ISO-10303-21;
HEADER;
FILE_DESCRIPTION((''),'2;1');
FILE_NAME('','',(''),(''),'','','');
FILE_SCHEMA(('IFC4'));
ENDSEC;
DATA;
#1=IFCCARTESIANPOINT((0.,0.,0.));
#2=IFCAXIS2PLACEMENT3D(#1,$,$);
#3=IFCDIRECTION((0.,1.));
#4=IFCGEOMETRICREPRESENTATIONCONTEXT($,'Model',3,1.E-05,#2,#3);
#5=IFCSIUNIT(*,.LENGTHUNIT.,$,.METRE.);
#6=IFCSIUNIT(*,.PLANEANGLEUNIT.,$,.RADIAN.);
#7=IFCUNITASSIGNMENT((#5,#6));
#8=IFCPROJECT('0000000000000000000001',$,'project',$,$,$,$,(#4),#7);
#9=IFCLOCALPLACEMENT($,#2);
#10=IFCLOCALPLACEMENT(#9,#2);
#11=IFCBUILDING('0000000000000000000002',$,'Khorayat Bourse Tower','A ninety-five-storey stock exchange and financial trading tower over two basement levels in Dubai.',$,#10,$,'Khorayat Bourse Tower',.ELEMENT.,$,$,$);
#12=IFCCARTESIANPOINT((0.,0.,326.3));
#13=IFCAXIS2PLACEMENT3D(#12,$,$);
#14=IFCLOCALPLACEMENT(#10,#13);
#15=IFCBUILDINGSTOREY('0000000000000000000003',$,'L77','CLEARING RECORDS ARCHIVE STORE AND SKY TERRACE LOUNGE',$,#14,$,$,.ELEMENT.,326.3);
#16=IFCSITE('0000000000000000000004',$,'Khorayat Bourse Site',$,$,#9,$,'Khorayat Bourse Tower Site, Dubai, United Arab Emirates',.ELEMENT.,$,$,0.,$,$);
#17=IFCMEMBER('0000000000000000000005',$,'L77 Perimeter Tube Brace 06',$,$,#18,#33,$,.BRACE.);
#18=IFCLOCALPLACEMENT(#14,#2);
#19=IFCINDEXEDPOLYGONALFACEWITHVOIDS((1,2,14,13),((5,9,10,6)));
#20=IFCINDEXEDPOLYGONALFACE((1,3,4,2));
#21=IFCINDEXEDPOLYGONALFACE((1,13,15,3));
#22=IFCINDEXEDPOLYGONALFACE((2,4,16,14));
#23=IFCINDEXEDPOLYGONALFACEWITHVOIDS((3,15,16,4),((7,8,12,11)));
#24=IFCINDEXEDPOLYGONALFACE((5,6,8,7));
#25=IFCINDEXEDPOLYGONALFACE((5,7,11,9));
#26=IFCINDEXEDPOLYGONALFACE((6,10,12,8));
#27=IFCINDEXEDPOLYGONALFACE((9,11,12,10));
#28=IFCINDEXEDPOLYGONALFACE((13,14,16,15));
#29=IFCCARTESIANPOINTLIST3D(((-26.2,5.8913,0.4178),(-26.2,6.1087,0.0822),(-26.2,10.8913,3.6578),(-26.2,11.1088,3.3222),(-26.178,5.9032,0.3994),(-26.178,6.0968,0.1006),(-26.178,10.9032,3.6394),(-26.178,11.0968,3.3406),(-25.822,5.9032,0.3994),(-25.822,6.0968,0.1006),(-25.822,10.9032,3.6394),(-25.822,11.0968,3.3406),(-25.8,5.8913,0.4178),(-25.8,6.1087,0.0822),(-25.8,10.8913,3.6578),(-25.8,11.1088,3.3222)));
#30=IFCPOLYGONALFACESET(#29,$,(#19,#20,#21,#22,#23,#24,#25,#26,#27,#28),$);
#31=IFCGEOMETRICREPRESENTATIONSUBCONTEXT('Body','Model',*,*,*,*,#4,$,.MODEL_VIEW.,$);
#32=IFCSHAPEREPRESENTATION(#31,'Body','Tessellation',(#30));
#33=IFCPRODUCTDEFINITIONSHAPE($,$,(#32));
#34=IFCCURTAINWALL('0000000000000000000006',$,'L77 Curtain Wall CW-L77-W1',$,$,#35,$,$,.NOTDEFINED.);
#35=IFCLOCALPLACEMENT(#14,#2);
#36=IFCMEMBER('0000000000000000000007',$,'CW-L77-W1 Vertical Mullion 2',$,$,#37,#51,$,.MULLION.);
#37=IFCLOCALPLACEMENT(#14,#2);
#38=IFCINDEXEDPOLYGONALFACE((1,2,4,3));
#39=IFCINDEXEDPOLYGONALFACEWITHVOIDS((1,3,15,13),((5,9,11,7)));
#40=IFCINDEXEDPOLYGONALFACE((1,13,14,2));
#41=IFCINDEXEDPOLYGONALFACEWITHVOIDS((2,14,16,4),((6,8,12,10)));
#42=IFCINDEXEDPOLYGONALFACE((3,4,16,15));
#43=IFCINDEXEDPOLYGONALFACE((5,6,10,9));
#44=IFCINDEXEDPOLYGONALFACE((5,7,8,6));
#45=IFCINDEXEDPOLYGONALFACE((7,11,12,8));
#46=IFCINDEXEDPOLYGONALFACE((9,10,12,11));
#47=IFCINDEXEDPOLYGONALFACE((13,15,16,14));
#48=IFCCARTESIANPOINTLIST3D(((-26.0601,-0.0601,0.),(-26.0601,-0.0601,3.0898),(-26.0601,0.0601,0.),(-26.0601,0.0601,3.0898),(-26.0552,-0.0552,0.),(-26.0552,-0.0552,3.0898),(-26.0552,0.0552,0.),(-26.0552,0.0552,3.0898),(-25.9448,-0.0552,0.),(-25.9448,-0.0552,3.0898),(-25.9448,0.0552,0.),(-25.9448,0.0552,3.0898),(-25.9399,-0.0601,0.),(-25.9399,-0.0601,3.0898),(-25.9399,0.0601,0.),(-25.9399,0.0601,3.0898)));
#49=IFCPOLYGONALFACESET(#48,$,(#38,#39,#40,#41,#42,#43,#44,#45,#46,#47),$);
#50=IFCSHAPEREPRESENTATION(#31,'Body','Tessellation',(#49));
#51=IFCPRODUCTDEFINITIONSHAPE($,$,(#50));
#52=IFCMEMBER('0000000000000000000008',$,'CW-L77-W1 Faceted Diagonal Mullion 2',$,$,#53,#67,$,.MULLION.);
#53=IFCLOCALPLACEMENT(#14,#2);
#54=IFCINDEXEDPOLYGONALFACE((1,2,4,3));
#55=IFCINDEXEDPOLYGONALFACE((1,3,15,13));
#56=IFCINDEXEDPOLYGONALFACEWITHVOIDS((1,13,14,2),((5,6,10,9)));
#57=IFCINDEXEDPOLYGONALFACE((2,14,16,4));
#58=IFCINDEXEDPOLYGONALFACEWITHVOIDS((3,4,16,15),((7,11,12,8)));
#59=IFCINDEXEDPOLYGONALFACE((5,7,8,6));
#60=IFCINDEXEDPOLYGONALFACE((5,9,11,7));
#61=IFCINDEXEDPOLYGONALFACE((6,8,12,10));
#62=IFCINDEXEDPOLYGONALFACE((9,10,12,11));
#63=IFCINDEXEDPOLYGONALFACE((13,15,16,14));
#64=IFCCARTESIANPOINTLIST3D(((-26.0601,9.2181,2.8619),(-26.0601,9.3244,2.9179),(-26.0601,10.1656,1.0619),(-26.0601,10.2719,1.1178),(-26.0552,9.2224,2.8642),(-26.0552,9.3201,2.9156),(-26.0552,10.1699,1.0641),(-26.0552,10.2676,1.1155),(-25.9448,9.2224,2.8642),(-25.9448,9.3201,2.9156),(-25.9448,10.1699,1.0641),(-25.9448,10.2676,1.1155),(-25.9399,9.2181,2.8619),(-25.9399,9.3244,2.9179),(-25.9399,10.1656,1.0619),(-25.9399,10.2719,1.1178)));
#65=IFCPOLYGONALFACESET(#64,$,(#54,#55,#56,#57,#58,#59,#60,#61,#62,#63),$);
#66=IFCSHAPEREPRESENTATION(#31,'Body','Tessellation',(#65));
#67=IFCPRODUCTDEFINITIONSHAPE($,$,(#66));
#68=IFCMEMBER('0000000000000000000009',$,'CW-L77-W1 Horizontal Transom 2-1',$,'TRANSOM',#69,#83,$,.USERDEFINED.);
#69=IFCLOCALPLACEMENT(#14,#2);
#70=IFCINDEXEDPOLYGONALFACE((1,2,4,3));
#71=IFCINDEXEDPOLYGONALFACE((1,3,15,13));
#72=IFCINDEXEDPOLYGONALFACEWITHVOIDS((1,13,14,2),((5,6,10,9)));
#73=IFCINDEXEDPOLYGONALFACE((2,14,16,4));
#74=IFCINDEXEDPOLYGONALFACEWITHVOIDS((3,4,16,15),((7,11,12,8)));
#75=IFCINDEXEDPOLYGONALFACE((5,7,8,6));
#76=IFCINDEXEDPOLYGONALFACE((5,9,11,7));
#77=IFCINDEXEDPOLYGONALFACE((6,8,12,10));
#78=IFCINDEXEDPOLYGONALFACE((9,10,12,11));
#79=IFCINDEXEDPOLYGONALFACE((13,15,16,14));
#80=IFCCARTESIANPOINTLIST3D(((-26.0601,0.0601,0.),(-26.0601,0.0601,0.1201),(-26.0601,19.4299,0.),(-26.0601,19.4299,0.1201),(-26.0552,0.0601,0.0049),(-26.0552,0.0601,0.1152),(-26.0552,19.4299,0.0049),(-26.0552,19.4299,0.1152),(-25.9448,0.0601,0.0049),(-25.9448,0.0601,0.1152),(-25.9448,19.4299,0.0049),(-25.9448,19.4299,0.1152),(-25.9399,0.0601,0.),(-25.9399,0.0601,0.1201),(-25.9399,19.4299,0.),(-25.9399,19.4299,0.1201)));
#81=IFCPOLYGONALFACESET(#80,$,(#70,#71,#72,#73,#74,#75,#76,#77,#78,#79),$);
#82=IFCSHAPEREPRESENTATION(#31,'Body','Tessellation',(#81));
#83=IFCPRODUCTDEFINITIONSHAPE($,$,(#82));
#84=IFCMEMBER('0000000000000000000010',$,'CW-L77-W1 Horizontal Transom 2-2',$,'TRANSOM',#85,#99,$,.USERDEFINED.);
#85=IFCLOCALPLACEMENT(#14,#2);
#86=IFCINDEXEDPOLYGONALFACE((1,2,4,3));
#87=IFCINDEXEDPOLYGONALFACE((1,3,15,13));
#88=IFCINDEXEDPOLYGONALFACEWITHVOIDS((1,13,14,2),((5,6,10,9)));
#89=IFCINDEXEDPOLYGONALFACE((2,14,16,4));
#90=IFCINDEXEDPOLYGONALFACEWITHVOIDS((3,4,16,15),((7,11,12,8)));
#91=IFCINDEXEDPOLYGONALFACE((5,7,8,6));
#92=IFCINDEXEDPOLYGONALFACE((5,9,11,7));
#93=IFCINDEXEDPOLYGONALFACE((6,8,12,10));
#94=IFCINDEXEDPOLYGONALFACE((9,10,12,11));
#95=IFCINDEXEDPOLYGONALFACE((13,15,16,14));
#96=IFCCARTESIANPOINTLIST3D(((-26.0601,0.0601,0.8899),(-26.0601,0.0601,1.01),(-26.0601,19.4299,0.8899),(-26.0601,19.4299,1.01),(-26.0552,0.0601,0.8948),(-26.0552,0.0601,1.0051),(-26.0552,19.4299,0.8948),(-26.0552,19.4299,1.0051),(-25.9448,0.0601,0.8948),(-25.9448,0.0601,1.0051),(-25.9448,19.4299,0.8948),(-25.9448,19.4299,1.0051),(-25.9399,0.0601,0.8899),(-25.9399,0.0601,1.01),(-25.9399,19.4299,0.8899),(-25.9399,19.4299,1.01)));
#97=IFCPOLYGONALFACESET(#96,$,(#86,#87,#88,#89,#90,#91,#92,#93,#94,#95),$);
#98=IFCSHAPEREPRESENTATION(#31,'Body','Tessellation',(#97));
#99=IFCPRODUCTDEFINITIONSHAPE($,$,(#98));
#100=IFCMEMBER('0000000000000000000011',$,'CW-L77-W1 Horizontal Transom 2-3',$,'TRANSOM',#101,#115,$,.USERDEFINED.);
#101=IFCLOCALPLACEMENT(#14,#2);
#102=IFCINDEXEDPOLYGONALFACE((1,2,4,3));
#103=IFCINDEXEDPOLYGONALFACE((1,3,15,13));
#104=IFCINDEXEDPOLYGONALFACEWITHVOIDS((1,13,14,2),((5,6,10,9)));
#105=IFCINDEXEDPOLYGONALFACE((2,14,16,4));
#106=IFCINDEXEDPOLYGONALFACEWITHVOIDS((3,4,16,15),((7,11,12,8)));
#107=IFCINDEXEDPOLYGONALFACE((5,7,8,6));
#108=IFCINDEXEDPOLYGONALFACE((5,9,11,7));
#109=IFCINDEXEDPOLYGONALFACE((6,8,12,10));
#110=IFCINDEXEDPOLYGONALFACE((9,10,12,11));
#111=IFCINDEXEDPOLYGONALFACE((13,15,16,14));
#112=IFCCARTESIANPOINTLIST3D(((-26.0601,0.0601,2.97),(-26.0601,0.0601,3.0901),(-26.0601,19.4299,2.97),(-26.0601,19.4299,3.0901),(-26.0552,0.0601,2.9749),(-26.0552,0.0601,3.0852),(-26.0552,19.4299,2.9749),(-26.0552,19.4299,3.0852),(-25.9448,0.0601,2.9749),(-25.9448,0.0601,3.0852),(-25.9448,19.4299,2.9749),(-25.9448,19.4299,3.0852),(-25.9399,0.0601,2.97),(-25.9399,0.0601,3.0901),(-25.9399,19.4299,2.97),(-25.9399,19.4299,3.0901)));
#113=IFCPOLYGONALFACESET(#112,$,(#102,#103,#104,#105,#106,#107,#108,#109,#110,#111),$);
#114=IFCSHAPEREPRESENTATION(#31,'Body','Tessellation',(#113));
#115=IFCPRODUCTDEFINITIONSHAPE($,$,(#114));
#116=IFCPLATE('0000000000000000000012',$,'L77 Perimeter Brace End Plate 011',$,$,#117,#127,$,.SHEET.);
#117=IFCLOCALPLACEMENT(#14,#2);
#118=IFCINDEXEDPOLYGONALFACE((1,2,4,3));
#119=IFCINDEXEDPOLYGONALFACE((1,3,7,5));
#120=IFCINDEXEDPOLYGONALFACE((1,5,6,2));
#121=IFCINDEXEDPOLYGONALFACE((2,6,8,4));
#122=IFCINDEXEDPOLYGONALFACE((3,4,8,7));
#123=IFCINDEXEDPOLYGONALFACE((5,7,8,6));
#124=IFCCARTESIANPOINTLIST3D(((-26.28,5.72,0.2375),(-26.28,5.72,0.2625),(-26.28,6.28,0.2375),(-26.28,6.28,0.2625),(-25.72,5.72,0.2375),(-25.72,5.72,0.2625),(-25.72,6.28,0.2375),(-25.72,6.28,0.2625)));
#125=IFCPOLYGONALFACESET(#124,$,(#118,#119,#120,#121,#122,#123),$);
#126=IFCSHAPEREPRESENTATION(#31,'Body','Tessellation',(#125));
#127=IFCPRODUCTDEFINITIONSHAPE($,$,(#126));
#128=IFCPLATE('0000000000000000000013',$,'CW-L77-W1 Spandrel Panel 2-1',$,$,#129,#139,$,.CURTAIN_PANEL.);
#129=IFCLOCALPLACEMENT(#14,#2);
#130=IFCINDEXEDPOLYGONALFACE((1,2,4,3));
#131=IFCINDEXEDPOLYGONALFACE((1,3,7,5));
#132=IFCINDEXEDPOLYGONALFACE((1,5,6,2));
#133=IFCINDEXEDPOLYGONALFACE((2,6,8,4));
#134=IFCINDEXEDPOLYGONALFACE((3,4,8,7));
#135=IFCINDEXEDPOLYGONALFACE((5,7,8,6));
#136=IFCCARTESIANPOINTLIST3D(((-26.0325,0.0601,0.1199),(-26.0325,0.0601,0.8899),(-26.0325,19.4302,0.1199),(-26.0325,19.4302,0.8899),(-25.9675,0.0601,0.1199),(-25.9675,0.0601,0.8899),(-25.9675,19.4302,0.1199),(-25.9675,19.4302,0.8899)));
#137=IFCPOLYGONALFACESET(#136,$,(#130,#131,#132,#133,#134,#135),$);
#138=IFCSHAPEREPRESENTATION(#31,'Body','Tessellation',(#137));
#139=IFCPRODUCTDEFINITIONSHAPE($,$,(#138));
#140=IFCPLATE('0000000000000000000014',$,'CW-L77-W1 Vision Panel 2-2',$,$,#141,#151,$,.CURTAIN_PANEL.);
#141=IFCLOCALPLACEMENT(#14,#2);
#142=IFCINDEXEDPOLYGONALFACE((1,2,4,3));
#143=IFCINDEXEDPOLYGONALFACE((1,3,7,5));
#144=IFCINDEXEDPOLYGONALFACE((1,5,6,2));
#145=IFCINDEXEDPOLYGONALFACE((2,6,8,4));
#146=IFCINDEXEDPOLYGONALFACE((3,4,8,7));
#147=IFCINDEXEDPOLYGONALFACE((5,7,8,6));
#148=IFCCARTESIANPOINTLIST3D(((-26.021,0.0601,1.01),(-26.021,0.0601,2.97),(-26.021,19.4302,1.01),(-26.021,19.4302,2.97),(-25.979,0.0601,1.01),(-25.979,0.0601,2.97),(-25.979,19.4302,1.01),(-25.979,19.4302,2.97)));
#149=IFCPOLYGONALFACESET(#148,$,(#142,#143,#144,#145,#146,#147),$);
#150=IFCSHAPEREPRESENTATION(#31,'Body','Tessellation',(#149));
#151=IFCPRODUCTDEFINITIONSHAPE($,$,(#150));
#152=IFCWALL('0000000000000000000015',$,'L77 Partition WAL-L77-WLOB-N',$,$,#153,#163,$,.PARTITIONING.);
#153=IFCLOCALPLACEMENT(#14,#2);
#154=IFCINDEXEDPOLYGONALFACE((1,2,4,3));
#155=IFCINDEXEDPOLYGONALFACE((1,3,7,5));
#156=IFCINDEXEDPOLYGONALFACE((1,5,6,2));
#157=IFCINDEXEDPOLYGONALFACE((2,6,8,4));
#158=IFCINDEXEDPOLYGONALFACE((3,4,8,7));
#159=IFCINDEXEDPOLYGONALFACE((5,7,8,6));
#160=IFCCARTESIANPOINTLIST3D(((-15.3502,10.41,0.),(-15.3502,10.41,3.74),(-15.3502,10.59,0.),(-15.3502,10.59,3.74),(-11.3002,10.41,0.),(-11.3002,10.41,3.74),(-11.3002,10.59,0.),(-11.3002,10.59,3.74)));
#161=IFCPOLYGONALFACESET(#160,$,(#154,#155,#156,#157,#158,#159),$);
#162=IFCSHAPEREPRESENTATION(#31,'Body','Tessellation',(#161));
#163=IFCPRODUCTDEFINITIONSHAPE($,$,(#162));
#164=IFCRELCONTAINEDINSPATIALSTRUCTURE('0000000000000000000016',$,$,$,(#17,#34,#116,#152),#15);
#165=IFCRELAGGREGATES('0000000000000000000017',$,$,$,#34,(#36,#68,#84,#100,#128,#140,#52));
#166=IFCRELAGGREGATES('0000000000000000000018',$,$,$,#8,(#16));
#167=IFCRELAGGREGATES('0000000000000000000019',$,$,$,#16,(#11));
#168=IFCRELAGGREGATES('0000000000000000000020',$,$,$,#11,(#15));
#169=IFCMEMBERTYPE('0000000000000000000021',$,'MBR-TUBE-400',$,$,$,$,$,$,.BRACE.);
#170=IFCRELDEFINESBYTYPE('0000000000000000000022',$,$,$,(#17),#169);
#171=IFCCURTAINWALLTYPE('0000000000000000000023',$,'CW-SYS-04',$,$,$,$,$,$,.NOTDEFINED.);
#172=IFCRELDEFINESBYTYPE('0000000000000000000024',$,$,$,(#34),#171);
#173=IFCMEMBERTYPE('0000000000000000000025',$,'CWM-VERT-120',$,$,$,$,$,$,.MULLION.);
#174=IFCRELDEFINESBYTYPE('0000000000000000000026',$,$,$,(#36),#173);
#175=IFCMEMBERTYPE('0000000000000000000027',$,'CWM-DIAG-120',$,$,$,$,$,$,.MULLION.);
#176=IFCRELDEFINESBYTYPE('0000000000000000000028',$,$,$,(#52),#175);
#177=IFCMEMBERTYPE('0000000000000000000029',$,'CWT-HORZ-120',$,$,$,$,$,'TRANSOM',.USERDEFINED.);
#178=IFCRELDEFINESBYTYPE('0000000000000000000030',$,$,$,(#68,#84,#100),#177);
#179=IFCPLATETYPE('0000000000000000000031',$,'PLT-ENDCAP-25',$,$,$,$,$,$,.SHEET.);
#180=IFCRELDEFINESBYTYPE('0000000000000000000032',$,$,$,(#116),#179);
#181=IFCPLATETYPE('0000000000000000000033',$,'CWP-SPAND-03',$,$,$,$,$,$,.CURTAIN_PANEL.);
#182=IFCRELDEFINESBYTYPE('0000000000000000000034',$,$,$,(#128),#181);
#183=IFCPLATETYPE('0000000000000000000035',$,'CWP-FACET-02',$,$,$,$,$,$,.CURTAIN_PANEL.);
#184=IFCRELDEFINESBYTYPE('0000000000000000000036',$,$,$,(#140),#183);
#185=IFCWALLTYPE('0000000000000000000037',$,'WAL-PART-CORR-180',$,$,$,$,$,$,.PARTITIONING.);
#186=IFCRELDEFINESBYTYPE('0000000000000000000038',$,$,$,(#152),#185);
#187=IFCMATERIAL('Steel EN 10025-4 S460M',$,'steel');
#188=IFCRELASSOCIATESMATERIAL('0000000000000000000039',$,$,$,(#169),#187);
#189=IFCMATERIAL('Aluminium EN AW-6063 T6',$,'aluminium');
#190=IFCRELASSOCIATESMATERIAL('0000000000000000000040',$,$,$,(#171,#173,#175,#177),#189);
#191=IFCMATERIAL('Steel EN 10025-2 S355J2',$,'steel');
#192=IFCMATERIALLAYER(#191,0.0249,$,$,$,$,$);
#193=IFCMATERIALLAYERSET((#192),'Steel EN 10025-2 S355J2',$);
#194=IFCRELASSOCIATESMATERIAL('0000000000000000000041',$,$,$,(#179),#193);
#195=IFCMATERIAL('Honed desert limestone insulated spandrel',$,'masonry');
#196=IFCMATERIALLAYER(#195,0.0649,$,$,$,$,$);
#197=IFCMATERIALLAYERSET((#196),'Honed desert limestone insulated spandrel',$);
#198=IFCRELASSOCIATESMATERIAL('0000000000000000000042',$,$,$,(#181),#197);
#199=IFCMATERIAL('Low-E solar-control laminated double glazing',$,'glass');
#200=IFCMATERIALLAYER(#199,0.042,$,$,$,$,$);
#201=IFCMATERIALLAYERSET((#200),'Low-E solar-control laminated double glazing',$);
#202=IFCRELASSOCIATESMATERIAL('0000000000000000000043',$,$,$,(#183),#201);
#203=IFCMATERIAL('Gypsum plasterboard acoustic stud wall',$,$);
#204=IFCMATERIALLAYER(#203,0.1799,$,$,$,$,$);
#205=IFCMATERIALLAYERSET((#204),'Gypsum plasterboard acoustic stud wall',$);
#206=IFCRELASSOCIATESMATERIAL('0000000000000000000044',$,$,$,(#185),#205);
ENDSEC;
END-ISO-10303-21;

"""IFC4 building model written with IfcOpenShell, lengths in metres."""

from ifc_helpers import new_model, si_unit, direction, frame, frame_2d, origin, origin_2d, place, context, subcontext, project, spatial, rectangle, hollow_rectangle, extrude, source, transform, mapped, material, layer, layer_set, material_profile, profile_set, type_object, element, aggregate, save


model = new_model("IFC4")

# Units and contexts
model_context = context("Model", 3, precision=1e-05, world=origin(), true_north=direction((0.0, 1.0)))
body_context = subcontext(model_context, "Body", "Model", "MODEL_VIEW")
ifc_project = project(units=[si_unit("LENGTHUNIT", "METRE"), si_unit("PLANEANGLEUNIT", "RADIAN")], contexts=[model_context])

# Site, building, storey
site_placement = place(None, origin())
site = spatial("IfcSite", under=ifc_project, at=site_placement, Name="Khorayat Bourse Site", LongName="Khorayat Bourse Tower Site, Dubai, United Arab Emirates", CompositionType="ELEMENT", RefElevation=0.0)
building_placement = place(site_placement, origin())
building = spatial("IfcBuilding", under=site, at=building_placement, Name="Khorayat Bourse Tower", Description="A ninety-five-storey stock exchange and financial trading tower over two basement levels in Dubai.", LongName="Khorayat Bourse Tower", CompositionType="ELEMENT")
storey_placement = place(building_placement, frame((0.0, 0.0, 326.3)))
storey = spatial("IfcBuildingStorey", under=building, at=storey_placement, Name="L77", Description="CLEARING RECORDS ARCHIVE STORE AND SKY TERRACE LOUNGE", CompositionType="ELEMENT", Elevation=326.3)

# Shared definitions
ifc_material_1 = material(Name="Steel EN 10025-2 S355J2", Category="steel")

# Member
ifc_material_2 = material(Name="Steel EN 10025-4 S460M", Category="steel")
ifc_material_profile_1 = material_profile(ifc_material_2, hollow_rectangle(XDim=0.3999, YDim=0.3999, WallThickness=0.022, at=origin_2d()), Name="HSS 400x400x22")
ifc_profile_set_1 = profile_set([ifc_material_profile_1], Name="Steel EN 10025-4 S460M")
member_type_1 = type_object("IfcMemberType", Name="MBR-TUBE-400", PredefinedType="BRACE", material=ifc_profile_set_1)
shared_shape_1 = source(origin(), body_context, "Body", "SweptSolid", [
    extrude(hollow_rectangle(XDim=0.3999, YDim=0.3999, WallThickness=0.022, at=origin_2d()), origin(), (0.0, 0.0, 1.0), 5.958),
])
member_1_placement = place(storey_placement, frame((-26.0, 6.0, 0.25), z_axis=(0.0, 0.83921, 0.543807), x_axis=(-1.0, 0.0, 0.0)))
element("IfcMember", 1, at=member_1_placement, inside=storey, type_object=member_type_1, Name="L77 Perimeter Tube Brace 06", PredefinedType="BRACE", context=body_context, shape_type="MappedRepresentation", body=[
    mapped(shared_shape_1, transform((0.0, 0.0, 0.0), scale=1.0)),
])

# Curtain wall, members
ifc_material_3 = material(Name="Aluminium EN AW-6063 T6", Category="aluminium")
curtain_wall_type = type_object("IfcCurtainWallType", Name="CW-SYS-04", PredefinedType="NOTDEFINED", material=ifc_material_3)
curtain_wall_placement = place(storey_placement, origin())
curtain_wall = element("IfcCurtainWall", 2, at=curtain_wall_placement, inside=storey, type_object=curtain_wall_type, Name="L77 Curtain Wall CW-L77-W1", PredefinedType="NOTDEFINED")
ifc_material_profile_2 = material_profile(ifc_material_3, hollow_rectangle(XDim=0.1201, YDim=0.1201, WallThickness=0.0049, at=origin_2d()), Name="ALU 120x120x5")
ifc_profile_set_2 = profile_set([ifc_material_profile_2], Name="Aluminium EN AW-6063 T6")
member_type_2 = type_object("IfcMemberType", Name="CWM-VERT-120", PredefinedType="MULLION", material=ifc_profile_set_2)
shared_shape_2 = source(origin(), body_context, "Body", "SweptSolid", [
    extrude(hollow_rectangle(XDim=0.1201, YDim=0.1201, WallThickness=0.0049, at=origin_2d()), origin(), (0.0, 0.0, 1.0), 3.0898),
])
member_2_placement = place(storey_placement, frame((-26.0, 0.0, 0.0), z_axis=(0.0, 0.0, 1.0), x_axis=(-1.0, 0.0, 0.0)))
member_2 = element("IfcMember", 3, at=member_2_placement, type_object=member_type_2, Name="CW-L77-W1 Vertical Mullion 2", PredefinedType="MULLION", context=body_context, shape_type="MappedRepresentation", body=[
    mapped(shared_shape_2, transform((0.0, 0.0, 0.0), scale=1.0)),
])
ifc_material_profile_3 = material_profile(ifc_material_3, hollow_rectangle(XDim=0.1201, YDim=0.1201, WallThickness=0.0049, at=origin_2d()), Name="ALU 120x120x5")
ifc_profile_set_3 = profile_set([ifc_material_profile_3], Name="Aluminium EN AW-6063 T6")
member_type_3 = type_object("IfcMemberType", Name="CWM-DIAG-120", PredefinedType="MULLION", material=ifc_profile_set_3)
shared_shape_3 = source(origin(), body_context, "Body", "SweptSolid", [
    extrude(hollow_rectangle(XDim=0.1201, YDim=0.1201, WallThickness=0.0049, at=origin_2d()), origin(), (0.0, 0.0, 1.0), 2.0342),
])
member_3_placement = place(storey_placement, frame((-26.0, 10.2188, 1.0898), z_axis=(0.0, -0.465791, 0.884895), x_axis=(1.0, 0.0, 0.0)))
member_3 = element("IfcMember", 4, at=member_3_placement, type_object=member_type_3, Name="CW-L77-W1 Faceted Diagonal Mullion 2", PredefinedType="MULLION", context=body_context, shape_type="MappedRepresentation", body=[
    mapped(shared_shape_3, transform((0.0, 0.0, 0.0), scale=1.0)),
])
ifc_material_profile_4 = material_profile(ifc_material_3, hollow_rectangle(XDim=0.1201, YDim=0.1201, WallThickness=0.0049, at=origin_2d()), Name="ALU 120x120x5")
ifc_profile_set_4 = profile_set([ifc_material_profile_4], Name="Aluminium EN AW-6063 T6")
member_type_4 = type_object("IfcMemberType", Name="CWT-HORZ-120", ElementType="TRANSOM", PredefinedType="USERDEFINED", material=ifc_profile_set_4)
shared_shape_4 = source(origin(), body_context, "Body", "SweptSolid", [
    extrude(hollow_rectangle(XDim=0.1201, YDim=0.1201, WallThickness=0.0049, at=origin_2d()), origin(), (0.0, 0.0, 1.0), 19.3699),
])
member_4_placement = place(storey_placement, frame((-26.0, 0.0601, 0.0601), z_axis=(0.0, 1.0, 0.0), x_axis=(-1.0, 0.0, 0.0)))
member_4 = element("IfcMember", 5, at=member_4_placement, type_object=member_type_4, Name="CW-L77-W1 Horizontal Transom 2-1", ObjectType="TRANSOM", PredefinedType="USERDEFINED", context=body_context, shape_type="MappedRepresentation", body=[
    mapped(shared_shape_4, transform((0.0, 0.0, 0.0), scale=1.0)),
])
member_5_placement = place(storey_placement, frame((-26.0, 0.0601, 0.95), z_axis=(0.0, 1.0, 0.0), x_axis=(-1.0, 0.0, 0.0)))
member_5 = element("IfcMember", 6, at=member_5_placement, type_object=member_type_4, Name="CW-L77-W1 Horizontal Transom 2-2", ObjectType="TRANSOM", PredefinedType="USERDEFINED", context=body_context, shape_type="MappedRepresentation", body=[
    mapped(shared_shape_4, transform((0.0, 0.0, 0.0), scale=1.0)),
])
member_6_placement = place(storey_placement, frame((-26.0, 0.0601, 3.03), z_axis=(0.0, 1.0, 0.0), x_axis=(-1.0, 0.0, 0.0)))
member_6 = element("IfcMember", 7, at=member_6_placement, type_object=member_type_4, Name="CW-L77-W1 Horizontal Transom 2-3", ObjectType="TRANSOM", PredefinedType="USERDEFINED", context=body_context, shape_type="MappedRepresentation", body=[
    mapped(shared_shape_4, transform((0.0, 0.0, 0.0), scale=1.0)),
])

# Plates
ifc_layer_1 = layer(ifc_material_1, 0.0249)
ifc_layer_set_1 = layer_set([ifc_layer_1], Name="Steel EN 10025-2 S355J2")
plate_type_1 = type_object("IfcPlateType", Name="PLT-ENDCAP-25", PredefinedType="SHEET", material=ifc_layer_set_1)
shared_shape_5 = source(origin(), body_context, "Body", "SweptSolid", [
    extrude(rectangle(XDim=0.5601, YDim=0.5601, at=origin_2d()), origin(), (0.0, 0.0, 1.0), 0.0249),
])
plate_1_placement = place(storey_placement, frame((-26.0, 6.0, 0.2375), z_axis=(0.0, 0.0, 1.0), x_axis=(1.0, 0.0, 0.0)))
element("IfcPlate", 8, at=plate_1_placement, inside=storey, type_object=plate_type_1, Name="L77 Perimeter Brace End Plate 011", PredefinedType="SHEET", context=body_context, shape_type="MappedRepresentation", body=[
    mapped(shared_shape_5, transform((0.0, 0.0, 0.0), scale=1.0)),
])
ifc_material_4 = material(Name="Honed desert limestone insulated spandrel", Category="masonry")
ifc_layer_2 = layer(ifc_material_4, 0.0649)
ifc_layer_set_2 = layer_set([ifc_layer_2], Name="Honed desert limestone insulated spandrel")
plate_type_2 = type_object("IfcPlateType", Name="CWP-SPAND-03", PredefinedType="CURTAIN_PANEL", material=ifc_layer_set_2)
shared_shape_6 = source(origin(), body_context, "Body", "SweptSolid", [
    extrude(rectangle(XDim=19.3701, YDim=0.0649, at=origin_2d()), origin(), (0.0, 0.0, 1.0), 0.77),
])
plate_2_placement = place(storey_placement, frame((-26.0, 9.7451, 0.1199), z_axis=(0.0, 0.0, 1.0), x_axis=(0.0, 1.0, 0.0)))
plate_2 = element("IfcPlate", 9, at=plate_2_placement, type_object=plate_type_2, Name="CW-L77-W1 Spandrel Panel 2-1", PredefinedType="CURTAIN_PANEL", context=body_context, shape_type="MappedRepresentation", body=[
    mapped(shared_shape_6, transform((0.0, 0.0, 0.0), scale=1.0)),
])
ifc_material_5 = material(Name="Low-E solar-control laminated double glazing", Category="glass")
ifc_layer_3 = layer(ifc_material_5, 0.042)
ifc_layer_set_3 = layer_set([ifc_layer_3], Name="Low-E solar-control laminated double glazing")
plate_type_3 = type_object("IfcPlateType", Name="CWP-FACET-02", PredefinedType="CURTAIN_PANEL", material=ifc_layer_set_3)
shared_shape_7 = source(origin(), body_context, "Body", "SweptSolid", [
    extrude(rectangle(XDim=19.3701, YDim=0.042, at=origin_2d()), origin(), (0.0, 0.0, 1.0), 1.96),
])
plate_3_placement = place(storey_placement, frame((-26.0, 9.7451, 1.01), z_axis=(0.0, 0.0, 1.0), x_axis=(0.0, 1.0, 0.0)))
plate_3 = element("IfcPlate", 10, at=plate_3_placement, type_object=plate_type_3, Name="CW-L77-W1 Vision Panel 2-2", PredefinedType="CURTAIN_PANEL", context=body_context, shape_type="MappedRepresentation", body=[
    mapped(shared_shape_7, transform((0.0, 0.0, 0.0), scale=1.0)),
])
aggregate(curtain_wall, [member_2, member_4, member_5, member_6, plate_2, plate_3, member_3])

# Wall
ifc_material_6 = material(Name="Gypsum plasterboard acoustic stud wall")
ifc_layer_4 = layer(ifc_material_6, 0.1799)
ifc_layer_set_4 = layer_set([ifc_layer_4], Name="Gypsum plasterboard acoustic stud wall")
wall_type_1 = type_object("IfcWallType", Name="WAL-PART-CORR-180", PredefinedType="PARTITIONING", material=ifc_layer_set_4)
shared_shape_8 = source(origin(), body_context, "Body", "SweptSolid", [
    extrude(rectangle(XDim=4.05, YDim=0.1799, at=frame_2d((2.0249, 0.0))), origin(), (0.0, 0.0, 1.0), 3.74),
])
wall_1_placement = place(storey_placement, frame((-15.3501, 10.5, 0.0), z_axis=(0.0, 0.0, 1.0), x_axis=(1.0, 0.0, 0.0)))
element("IfcWall", 11, at=wall_1_placement, inside=storey, type_object=wall_type_1, Name="L77 Partition WAL-L77-WLOB-N", PredefinedType="PARTITIONING", context=body_context, shape_type="MappedRepresentation", body=[
    mapped(shared_shape_8, transform((0.0, 0.0, 0.0), scale=1.0)),
])

save(model, "model.ifc")
